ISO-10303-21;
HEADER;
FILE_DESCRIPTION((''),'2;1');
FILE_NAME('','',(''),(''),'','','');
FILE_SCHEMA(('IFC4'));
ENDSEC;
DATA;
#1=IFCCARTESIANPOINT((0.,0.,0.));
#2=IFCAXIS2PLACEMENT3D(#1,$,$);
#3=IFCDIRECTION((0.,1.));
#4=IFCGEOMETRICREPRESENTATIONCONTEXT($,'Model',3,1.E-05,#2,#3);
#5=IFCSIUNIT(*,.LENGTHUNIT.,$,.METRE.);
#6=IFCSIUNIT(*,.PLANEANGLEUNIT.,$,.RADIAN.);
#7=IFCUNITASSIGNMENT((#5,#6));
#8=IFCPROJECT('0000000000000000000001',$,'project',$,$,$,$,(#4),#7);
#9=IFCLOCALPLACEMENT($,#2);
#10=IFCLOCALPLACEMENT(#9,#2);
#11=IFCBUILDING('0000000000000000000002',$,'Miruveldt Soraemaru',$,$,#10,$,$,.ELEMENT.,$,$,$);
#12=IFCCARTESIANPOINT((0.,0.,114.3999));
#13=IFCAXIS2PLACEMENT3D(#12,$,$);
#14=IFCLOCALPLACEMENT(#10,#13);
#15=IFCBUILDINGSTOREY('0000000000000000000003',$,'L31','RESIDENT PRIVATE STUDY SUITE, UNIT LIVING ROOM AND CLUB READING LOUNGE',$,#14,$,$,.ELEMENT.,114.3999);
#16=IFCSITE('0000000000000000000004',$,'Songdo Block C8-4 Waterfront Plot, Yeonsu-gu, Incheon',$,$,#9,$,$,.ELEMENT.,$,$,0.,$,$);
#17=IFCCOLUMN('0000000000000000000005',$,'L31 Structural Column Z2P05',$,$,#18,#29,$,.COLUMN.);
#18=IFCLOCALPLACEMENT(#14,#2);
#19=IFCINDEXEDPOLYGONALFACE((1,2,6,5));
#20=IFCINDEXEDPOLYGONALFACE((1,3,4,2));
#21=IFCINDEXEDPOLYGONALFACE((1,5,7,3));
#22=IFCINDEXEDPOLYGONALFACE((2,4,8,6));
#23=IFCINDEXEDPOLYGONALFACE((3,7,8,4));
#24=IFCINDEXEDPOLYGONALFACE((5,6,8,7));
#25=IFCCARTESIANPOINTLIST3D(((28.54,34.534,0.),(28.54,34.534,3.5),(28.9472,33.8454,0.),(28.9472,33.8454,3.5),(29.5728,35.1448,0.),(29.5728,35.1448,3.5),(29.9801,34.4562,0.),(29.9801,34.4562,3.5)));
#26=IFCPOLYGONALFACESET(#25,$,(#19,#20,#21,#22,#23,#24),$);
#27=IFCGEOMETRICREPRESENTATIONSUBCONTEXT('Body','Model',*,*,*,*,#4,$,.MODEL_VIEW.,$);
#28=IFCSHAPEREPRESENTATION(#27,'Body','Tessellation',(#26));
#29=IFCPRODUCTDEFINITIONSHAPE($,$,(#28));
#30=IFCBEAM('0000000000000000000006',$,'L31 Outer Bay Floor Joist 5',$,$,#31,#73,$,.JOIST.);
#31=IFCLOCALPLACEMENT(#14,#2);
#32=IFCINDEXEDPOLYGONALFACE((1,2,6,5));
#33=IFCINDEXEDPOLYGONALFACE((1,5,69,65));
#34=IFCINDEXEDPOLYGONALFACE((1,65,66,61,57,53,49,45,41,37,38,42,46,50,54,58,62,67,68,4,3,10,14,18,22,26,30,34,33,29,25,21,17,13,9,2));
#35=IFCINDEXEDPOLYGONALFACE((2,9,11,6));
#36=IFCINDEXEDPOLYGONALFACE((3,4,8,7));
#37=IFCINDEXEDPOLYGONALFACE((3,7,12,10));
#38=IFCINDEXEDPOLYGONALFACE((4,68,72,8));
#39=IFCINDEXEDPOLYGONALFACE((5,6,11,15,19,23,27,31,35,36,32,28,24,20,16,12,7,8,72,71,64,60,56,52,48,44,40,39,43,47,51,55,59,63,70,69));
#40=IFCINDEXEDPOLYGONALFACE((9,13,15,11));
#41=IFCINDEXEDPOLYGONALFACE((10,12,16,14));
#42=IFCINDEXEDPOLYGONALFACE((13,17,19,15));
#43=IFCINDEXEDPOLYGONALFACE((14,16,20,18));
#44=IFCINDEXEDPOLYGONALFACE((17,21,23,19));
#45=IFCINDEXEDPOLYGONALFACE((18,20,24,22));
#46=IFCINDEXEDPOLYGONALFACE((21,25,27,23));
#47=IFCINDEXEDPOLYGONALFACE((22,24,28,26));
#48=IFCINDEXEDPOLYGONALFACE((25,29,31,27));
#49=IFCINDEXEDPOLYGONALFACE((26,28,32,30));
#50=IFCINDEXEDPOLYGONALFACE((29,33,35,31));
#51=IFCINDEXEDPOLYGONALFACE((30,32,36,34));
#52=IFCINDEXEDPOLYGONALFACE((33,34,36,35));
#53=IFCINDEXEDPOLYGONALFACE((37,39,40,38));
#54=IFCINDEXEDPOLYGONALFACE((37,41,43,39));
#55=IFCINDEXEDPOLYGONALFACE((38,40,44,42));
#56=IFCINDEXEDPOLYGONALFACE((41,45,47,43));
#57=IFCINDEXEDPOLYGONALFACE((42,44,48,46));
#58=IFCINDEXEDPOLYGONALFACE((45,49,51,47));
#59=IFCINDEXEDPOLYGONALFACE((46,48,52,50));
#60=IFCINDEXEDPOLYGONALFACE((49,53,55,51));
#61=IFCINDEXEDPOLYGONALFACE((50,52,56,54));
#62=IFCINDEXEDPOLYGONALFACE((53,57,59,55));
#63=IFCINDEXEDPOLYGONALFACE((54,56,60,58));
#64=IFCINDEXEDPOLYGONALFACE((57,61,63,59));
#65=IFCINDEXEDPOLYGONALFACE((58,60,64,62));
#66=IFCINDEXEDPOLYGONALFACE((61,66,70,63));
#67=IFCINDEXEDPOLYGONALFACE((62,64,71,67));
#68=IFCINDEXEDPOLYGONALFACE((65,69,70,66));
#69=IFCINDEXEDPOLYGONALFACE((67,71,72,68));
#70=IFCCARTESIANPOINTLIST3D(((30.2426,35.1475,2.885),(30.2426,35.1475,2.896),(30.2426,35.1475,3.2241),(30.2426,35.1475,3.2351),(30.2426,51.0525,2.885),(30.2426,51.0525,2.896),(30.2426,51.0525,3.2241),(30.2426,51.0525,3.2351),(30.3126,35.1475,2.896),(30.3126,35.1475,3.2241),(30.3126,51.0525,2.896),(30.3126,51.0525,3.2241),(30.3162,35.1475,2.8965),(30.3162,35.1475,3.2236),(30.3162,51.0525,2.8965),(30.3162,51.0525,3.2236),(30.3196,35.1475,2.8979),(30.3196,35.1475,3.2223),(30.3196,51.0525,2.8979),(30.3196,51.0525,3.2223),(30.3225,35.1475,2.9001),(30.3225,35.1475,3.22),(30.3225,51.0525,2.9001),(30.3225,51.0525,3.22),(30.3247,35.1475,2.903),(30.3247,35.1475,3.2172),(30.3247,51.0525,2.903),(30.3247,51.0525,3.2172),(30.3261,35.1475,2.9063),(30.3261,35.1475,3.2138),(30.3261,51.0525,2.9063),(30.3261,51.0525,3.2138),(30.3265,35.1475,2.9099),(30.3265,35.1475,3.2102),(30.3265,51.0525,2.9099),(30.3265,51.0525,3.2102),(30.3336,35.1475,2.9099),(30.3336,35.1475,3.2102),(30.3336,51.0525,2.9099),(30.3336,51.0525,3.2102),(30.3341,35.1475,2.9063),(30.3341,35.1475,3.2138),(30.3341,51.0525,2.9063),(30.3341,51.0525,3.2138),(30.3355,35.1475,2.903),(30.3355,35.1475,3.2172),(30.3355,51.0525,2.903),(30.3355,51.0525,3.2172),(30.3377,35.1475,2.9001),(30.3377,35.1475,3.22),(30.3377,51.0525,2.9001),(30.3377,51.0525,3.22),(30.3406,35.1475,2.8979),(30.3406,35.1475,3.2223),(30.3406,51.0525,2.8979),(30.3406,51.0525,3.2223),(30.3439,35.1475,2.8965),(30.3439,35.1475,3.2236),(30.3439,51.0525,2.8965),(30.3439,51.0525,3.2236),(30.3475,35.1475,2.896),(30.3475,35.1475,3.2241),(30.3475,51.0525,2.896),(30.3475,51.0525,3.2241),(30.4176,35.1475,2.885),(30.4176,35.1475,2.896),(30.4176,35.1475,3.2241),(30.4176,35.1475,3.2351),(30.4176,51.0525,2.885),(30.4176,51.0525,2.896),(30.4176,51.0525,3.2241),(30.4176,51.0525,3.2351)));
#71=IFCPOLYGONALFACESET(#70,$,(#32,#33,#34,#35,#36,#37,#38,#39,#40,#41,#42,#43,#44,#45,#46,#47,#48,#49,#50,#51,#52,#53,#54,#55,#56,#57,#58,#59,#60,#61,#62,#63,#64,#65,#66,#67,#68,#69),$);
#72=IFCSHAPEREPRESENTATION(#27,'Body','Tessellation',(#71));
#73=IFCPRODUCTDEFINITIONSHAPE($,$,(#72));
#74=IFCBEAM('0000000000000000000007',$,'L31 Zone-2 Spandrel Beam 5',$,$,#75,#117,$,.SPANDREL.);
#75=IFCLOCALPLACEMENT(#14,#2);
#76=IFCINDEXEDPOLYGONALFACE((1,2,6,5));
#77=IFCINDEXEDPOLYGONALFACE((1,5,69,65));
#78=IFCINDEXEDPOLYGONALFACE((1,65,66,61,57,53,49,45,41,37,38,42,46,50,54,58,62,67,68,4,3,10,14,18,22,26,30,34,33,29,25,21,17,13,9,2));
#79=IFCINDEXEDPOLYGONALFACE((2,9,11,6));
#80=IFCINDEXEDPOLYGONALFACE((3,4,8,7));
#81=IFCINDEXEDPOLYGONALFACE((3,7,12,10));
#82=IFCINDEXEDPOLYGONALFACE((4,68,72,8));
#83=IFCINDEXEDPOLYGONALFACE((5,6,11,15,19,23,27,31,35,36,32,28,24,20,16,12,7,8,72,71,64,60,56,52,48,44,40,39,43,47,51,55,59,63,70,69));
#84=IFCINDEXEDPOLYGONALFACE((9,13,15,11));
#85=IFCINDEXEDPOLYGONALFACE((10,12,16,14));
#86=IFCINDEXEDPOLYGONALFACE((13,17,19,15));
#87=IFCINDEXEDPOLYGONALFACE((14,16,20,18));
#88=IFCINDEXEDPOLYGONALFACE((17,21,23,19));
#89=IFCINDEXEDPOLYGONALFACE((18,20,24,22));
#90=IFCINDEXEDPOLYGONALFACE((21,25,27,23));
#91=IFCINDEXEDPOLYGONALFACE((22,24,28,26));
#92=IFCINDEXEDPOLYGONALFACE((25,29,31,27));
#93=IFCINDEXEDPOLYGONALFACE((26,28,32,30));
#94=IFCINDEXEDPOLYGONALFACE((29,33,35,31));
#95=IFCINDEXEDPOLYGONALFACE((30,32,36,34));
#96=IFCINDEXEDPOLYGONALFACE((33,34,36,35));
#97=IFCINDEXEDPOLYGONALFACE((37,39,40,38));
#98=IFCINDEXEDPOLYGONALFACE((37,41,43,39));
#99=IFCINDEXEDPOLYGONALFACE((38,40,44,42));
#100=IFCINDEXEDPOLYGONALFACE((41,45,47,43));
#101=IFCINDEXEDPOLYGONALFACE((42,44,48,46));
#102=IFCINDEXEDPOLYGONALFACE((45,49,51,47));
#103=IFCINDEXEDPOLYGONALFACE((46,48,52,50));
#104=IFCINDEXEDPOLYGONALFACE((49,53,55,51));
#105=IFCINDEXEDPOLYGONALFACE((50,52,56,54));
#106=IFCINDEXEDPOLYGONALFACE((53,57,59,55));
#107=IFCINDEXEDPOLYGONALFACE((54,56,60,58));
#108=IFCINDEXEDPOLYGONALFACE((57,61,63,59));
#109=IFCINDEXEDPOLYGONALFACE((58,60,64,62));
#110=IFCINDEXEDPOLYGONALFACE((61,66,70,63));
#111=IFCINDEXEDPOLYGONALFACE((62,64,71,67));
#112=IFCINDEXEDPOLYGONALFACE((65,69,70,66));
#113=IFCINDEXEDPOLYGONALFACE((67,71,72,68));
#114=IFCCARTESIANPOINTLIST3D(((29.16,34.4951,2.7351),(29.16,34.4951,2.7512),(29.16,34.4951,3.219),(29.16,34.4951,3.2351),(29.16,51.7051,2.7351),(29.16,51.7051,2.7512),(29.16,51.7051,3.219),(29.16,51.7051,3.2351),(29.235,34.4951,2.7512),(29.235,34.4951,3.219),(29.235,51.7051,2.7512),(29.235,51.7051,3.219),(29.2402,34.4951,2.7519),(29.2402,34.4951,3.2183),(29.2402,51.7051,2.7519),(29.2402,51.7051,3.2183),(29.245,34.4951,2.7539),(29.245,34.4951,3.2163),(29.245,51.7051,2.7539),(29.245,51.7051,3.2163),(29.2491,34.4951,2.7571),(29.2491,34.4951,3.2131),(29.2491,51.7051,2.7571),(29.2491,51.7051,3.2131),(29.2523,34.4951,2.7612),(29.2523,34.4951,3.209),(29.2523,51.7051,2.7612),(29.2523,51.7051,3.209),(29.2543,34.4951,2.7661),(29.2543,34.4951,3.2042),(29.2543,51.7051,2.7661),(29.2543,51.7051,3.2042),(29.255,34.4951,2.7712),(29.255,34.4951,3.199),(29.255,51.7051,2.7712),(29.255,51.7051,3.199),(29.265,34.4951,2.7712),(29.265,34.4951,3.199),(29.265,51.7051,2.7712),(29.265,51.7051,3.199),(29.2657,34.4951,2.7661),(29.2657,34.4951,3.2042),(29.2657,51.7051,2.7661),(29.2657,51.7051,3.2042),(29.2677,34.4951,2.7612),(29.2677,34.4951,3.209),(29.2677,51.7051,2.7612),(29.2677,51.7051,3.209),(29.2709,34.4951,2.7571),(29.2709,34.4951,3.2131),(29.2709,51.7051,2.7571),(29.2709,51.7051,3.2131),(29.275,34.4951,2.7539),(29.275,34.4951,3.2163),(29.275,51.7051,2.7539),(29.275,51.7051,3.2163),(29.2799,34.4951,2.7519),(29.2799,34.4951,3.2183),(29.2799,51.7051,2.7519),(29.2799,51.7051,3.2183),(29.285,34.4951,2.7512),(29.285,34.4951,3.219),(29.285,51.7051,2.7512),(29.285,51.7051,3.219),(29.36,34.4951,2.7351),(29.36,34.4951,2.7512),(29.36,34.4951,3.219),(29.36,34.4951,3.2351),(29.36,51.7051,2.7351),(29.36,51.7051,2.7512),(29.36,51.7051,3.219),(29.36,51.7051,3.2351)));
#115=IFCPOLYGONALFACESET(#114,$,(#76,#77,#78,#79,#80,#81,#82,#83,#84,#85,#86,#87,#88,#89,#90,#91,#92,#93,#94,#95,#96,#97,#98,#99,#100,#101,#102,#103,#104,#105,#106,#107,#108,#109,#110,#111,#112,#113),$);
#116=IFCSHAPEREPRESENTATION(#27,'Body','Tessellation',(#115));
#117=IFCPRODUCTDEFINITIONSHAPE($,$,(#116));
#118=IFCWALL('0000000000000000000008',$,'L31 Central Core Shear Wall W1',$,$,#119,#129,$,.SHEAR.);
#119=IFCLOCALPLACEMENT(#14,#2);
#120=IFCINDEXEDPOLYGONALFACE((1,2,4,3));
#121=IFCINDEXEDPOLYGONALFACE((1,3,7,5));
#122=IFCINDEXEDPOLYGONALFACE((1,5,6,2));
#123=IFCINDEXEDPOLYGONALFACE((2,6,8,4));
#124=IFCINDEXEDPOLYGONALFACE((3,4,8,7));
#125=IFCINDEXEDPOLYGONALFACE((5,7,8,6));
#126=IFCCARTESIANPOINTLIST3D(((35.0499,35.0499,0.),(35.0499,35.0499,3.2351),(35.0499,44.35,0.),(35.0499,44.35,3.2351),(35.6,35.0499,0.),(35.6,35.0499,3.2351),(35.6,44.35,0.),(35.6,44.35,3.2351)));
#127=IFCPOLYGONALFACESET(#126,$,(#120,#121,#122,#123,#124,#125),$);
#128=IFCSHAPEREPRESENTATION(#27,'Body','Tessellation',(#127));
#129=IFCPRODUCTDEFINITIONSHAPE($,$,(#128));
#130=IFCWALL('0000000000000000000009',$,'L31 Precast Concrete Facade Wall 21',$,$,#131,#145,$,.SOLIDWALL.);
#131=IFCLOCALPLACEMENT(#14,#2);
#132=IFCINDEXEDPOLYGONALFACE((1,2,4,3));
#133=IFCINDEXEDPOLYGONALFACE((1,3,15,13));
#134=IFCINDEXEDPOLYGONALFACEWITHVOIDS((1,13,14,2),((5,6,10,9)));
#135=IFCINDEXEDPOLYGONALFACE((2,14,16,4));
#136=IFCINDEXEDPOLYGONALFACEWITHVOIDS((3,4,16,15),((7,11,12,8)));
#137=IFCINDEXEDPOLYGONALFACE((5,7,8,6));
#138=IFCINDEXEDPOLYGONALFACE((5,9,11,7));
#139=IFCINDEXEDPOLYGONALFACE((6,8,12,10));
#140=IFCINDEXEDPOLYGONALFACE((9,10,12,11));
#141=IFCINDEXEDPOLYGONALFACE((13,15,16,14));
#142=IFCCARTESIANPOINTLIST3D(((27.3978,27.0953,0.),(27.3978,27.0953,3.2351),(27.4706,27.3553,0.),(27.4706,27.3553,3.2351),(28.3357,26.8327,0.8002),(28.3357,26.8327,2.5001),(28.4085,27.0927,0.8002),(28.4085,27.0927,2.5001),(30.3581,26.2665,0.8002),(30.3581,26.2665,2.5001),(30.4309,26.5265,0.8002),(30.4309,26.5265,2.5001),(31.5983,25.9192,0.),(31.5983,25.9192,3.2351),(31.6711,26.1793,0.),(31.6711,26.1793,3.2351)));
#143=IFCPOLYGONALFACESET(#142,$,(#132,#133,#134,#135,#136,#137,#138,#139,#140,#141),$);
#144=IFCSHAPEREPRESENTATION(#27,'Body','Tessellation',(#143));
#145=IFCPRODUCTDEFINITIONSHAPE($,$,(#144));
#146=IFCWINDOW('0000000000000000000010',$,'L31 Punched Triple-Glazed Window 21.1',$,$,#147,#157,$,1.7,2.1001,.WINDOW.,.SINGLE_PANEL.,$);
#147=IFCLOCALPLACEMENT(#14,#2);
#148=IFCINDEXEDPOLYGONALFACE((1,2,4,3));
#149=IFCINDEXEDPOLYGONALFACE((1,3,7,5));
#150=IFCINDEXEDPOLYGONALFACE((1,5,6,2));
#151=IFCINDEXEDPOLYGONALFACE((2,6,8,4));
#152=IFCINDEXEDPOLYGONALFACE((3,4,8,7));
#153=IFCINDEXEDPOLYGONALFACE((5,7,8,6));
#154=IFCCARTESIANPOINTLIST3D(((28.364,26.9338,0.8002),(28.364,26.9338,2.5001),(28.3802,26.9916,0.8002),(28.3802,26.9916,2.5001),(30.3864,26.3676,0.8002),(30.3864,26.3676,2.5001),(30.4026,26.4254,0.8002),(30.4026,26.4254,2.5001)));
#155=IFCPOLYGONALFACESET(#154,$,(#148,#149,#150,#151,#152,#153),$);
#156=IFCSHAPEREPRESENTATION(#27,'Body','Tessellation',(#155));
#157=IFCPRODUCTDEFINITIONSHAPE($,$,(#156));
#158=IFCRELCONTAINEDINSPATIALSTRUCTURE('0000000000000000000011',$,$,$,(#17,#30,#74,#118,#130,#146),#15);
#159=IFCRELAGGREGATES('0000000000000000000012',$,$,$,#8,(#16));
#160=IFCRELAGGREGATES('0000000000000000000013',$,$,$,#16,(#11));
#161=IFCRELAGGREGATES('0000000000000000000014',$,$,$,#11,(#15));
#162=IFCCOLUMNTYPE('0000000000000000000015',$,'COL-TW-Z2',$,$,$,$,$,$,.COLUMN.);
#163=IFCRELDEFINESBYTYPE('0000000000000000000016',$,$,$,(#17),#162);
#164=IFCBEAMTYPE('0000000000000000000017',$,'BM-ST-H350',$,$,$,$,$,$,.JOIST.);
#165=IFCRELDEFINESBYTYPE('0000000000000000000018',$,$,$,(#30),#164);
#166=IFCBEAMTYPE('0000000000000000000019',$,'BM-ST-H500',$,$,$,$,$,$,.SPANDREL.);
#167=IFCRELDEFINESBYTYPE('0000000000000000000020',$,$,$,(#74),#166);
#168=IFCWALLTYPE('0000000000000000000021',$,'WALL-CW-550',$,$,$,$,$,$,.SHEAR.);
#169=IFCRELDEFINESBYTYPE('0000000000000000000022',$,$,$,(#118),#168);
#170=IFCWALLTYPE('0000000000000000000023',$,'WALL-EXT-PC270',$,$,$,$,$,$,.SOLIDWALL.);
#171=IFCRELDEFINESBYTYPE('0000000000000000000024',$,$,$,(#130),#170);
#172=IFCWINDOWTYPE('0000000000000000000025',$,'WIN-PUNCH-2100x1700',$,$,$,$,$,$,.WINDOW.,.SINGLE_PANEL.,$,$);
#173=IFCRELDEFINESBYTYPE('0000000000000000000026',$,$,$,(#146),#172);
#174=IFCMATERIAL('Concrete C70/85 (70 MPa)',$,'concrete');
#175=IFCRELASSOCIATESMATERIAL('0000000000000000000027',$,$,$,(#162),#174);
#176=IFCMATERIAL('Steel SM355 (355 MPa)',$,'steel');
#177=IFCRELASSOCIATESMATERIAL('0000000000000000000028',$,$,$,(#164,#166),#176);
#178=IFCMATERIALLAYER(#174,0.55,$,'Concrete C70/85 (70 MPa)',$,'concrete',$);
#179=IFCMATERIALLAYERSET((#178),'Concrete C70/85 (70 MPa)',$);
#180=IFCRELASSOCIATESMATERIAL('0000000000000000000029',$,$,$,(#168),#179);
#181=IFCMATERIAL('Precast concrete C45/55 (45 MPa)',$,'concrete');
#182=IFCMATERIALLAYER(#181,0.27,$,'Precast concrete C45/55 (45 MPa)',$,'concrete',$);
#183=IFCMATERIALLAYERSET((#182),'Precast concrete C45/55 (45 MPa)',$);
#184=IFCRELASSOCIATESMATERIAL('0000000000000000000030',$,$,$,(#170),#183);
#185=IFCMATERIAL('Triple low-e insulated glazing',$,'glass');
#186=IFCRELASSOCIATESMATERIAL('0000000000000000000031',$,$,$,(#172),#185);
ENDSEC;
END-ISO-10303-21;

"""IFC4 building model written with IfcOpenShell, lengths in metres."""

from ifc_helpers import new_model, si_unit, direction, frame, frame_2d, origin, origin_2d, place, context, subcontext, project, spatial, rectangle, i_section, extrude, material, layer, layer_set, material_profile, profile_set, type_object, element, fill, save


model = new_model("IFC4")

# Units and contexts
model_context = context("Model", 3, precision=1e-05, world=origin(), true_north=direction((0.0, 1.0)))
body_context = subcontext(model_context, "Body", "Model", "MODEL_VIEW")
ifc_project = project(units=[si_unit("LENGTHUNIT", "METRE"), si_unit("PLANEANGLEUNIT", "RADIAN")], contexts=[model_context])

# Site, building, storey
site_placement = place(None, origin())
site = spatial("IfcSite", under=ifc_project, at=site_placement, Name="Songdo Block C8-4 Waterfront Plot, Yeonsu-gu, Incheon", CompositionType="ELEMENT", RefElevation=0.0)
building_placement = place(site_placement, origin())
building = spatial("IfcBuilding", under=site, at=building_placement, Name="Miruveldt Soraemaru", CompositionType="ELEMENT")
storey_placement = place(building_placement, frame((0.0, 0.0, 114.3999)))
storey = spatial("IfcBuildingStorey", under=building, at=storey_placement, Name="L31", Description="RESIDENT PRIVATE STUDY SUITE, UNIT LIVING ROOM AND CLUB READING LOUNGE", CompositionType="ELEMENT", Elevation=114.3999)

# Column
ifc_material_1 = material(Name="Concrete C70/85 (70 MPa)", Category="concrete")
ifc_material_profile_1 = material_profile(ifc_material_1, rectangle(XDim=1.2, YDim=0.8, at=origin_2d()), Name="Concrete C70/85 (70 MPa)", Category="concrete")
ifc_profile_set_1 = profile_set([ifc_material_profile_1], Name="Concrete C70/85 (70 MPa)")
column_type = type_object("IfcColumnType", Name="COL-TW-Z2", PredefinedType="COLUMN", material=ifc_profile_set_1)
column_placement = place(storey_placement, frame((29.26, 34.4951, 0.0), z_axis=(0.0, 0.0, 1.0), x_axis=(0.860742, 0.509041, 0.0)))
element("IfcColumn", 1, at=column_placement, inside=storey, type_object=column_type, Name="L31 Structural Column Z2P05", PredefinedType="COLUMN", context=body_context, shape_type="SweptSolid", body=[
    extrude(rectangle(XDim=1.2, YDim=0.8, at=origin_2d()), origin(), (0.0, 0.0, 1.0), 3.5),
])

# Beams
ifc_material_2 = material(Name="Steel SM355 (355 MPa)", Category="steel")
ifc_material_profile_2 = material_profile(ifc_material_2, i_section(OverallWidth=0.175, OverallDepth=0.3501, WebThickness=0.0071, FlangeThickness=0.011, FilletRadius=0.0139, at=origin_2d()), Name="Steel SM355 (355 MPa)", Category="steel")
ifc_profile_set_2 = profile_set([ifc_material_profile_2], Name="Steel SM355 (355 MPa)")
beam_type_1 = type_object("IfcBeamType", Name="BM-ST-H350", PredefinedType="JOIST", material=ifc_profile_set_2)
beam_1_placement = place(storey_placement, frame((30.3301, 35.1475, 3.0601), z_axis=(0.0, 1.0, 0.0), x_axis=(-1.0, 0.0, 0.0)))
element("IfcBeam", 2, at=beam_1_placement, inside=storey, type_object=beam_type_1, Name="L31 Outer Bay Floor Joist 5", PredefinedType="JOIST", context=body_context, shape_type="SweptSolid", body=[
    extrude(i_section(OverallWidth=0.175, OverallDepth=0.3501, WebThickness=0.0071, FlangeThickness=0.011, FilletRadius=0.0139, at=origin_2d()), origin(), (0.0, 0.0, 1.0), 15.905),
])
ifc_material_profile_3 = material_profile(ifc_material_2, i_section(OverallWidth=0.2, OverallDepth=0.5, WebThickness=0.01, FlangeThickness=0.0161, FilletRadius=0.02, at=origin_2d()), Name="Steel SM355 (355 MPa)", Category="steel")
ifc_profile_set_3 = profile_set([ifc_material_profile_3], Name="Steel SM355 (355 MPa)")
beam_type_2 = type_object("IfcBeamType", Name="BM-ST-H500", PredefinedType="SPANDREL", material=ifc_profile_set_3)
beam_2_placement = place(storey_placement, frame((29.26, 34.4951, 2.9851), z_axis=(0.0, 1.0, 0.0), x_axis=(-1.0, 0.0, 0.0)))
element("IfcBeam", 3, at=beam_2_placement, inside=storey, type_object=beam_type_2, Name="L31 Zone-2 Spandrel Beam 5", PredefinedType="SPANDREL", context=body_context, shape_type="SweptSolid", body=[
    extrude(i_section(OverallWidth=0.2, OverallDepth=0.5, WebThickness=0.01, FlangeThickness=0.0161, FilletRadius=0.02, at=origin_2d()), origin(), (0.0, 0.0, 1.0), 17.21),
])

# Wall
ifc_layer_1 = layer(ifc_material_1, 0.55, Name="Concrete C70/85 (70 MPa)", Category="concrete")
ifc_layer_set_1 = layer_set([ifc_layer_1], Name="Concrete C70/85 (70 MPa)")
wall_type_1 = type_object("IfcWallType", Name="WALL-CW-550", PredefinedType="SHEAR", material=ifc_layer_set_1)
wall_1_placement = place(storey_placement, frame((35.325, 35.05, 0.0), z_axis=(0.0, 0.0, 1.0), x_axis=(0.0, 1.0, 0.0)))
element("IfcWall", 4, at=wall_1_placement, inside=storey, type_object=wall_type_1, Name="L31 Central Core Shear Wall W1", PredefinedType="SHEAR", context=body_context, shape_type="SweptSolid", body=[
    extrude(rectangle(XDim=9.3, YDim=0.55, at=frame_2d((4.6499, 0.0))), origin(), (0.0, 0.0, 1.0), 3.2351),
])

# Wall, opening, window
ifc_material_3 = material(Name="Precast concrete C45/55 (45 MPa)", Category="concrete")
ifc_layer_2 = layer(ifc_material_3, 0.27, Name="Precast concrete C45/55 (45 MPa)", Category="concrete")
ifc_layer_set_2 = layer_set([ifc_layer_2], Name="Precast concrete C45/55 (45 MPa)")
wall_type_2 = type_object("IfcWallType", Name="WALL-EXT-PC270", PredefinedType="SOLIDWALL", material=ifc_layer_set_2)
wall_2_placement = place(storey_placement, frame((27.4341, 27.2253, 0.0), z_axis=(0.0, 0.0, 1.0), x_axis=(0.96297, -0.269609, 0.0)))
wall_2 = element("IfcWall", 5, at=wall_2_placement, inside=storey, type_object=wall_type_2, Name="L31 Precast Concrete Facade Wall 21", PredefinedType="SOLIDWALL", context=body_context, shape_type="SweptSolid", body=[
    extrude(rectangle(XDim=4.3621, YDim=0.27, at=frame_2d((2.1812, 0.0))), origin(), (0.0, 0.0, 1.0), 3.2351),
])
opening_1_placement = place(wall_2_placement, frame((0.9741, 0.0, 0.8)))
opening_1 = element("IfcOpeningElement", 6, at=opening_1_placement, cuts=wall_2, PredefinedType="OPENING", context=body_context, shape_type="SweptSolid", body=[
    extrude(rectangle(XDim=2.1001, YDim=1.7, at=frame_2d((1.05, 0.8501))), frame((0.0, 0.145, 0.0), z_axis=(0.0, -1.0, 0.0), x_axis=(1.0, 0.0, 0.0)), (0.0, 0.0, 1.0), 0.29),
])
ifc_material_4 = material(Name="Triple low-e insulated glazing", Category="glass")
window_type = type_object("IfcWindowType", Name="WIN-PUNCH-2100x1700", PartitioningType="SINGLE_PANEL", PredefinedType="WINDOW", material=ifc_material_4)
window_1_placement = place(opening_1_placement, origin())
window_1 = element("IfcWindow", 7, at=window_1_placement, inside=storey, type_object=window_type, Name="L31 Punched Triple-Glazed Window 21.1", OverallHeight=1.7, OverallWidth=2.1001, PartitioningType="SINGLE_PANEL", PredefinedType="WINDOW", context=body_context, shape_type="SweptSolid", body=[
    extrude(rectangle(XDim=2.1001, YDim=1.7, at=frame_2d((1.05, 0.8501))), frame((0.0, 0.03, 0.0), z_axis=(0.0, -1.0, 0.0), x_axis=(1.0, 0.0, 0.0)), (0.0, 0.0, 1.0), 0.0601),
])
fill(opening_1, window_1)

save(model, "model.ifc")
